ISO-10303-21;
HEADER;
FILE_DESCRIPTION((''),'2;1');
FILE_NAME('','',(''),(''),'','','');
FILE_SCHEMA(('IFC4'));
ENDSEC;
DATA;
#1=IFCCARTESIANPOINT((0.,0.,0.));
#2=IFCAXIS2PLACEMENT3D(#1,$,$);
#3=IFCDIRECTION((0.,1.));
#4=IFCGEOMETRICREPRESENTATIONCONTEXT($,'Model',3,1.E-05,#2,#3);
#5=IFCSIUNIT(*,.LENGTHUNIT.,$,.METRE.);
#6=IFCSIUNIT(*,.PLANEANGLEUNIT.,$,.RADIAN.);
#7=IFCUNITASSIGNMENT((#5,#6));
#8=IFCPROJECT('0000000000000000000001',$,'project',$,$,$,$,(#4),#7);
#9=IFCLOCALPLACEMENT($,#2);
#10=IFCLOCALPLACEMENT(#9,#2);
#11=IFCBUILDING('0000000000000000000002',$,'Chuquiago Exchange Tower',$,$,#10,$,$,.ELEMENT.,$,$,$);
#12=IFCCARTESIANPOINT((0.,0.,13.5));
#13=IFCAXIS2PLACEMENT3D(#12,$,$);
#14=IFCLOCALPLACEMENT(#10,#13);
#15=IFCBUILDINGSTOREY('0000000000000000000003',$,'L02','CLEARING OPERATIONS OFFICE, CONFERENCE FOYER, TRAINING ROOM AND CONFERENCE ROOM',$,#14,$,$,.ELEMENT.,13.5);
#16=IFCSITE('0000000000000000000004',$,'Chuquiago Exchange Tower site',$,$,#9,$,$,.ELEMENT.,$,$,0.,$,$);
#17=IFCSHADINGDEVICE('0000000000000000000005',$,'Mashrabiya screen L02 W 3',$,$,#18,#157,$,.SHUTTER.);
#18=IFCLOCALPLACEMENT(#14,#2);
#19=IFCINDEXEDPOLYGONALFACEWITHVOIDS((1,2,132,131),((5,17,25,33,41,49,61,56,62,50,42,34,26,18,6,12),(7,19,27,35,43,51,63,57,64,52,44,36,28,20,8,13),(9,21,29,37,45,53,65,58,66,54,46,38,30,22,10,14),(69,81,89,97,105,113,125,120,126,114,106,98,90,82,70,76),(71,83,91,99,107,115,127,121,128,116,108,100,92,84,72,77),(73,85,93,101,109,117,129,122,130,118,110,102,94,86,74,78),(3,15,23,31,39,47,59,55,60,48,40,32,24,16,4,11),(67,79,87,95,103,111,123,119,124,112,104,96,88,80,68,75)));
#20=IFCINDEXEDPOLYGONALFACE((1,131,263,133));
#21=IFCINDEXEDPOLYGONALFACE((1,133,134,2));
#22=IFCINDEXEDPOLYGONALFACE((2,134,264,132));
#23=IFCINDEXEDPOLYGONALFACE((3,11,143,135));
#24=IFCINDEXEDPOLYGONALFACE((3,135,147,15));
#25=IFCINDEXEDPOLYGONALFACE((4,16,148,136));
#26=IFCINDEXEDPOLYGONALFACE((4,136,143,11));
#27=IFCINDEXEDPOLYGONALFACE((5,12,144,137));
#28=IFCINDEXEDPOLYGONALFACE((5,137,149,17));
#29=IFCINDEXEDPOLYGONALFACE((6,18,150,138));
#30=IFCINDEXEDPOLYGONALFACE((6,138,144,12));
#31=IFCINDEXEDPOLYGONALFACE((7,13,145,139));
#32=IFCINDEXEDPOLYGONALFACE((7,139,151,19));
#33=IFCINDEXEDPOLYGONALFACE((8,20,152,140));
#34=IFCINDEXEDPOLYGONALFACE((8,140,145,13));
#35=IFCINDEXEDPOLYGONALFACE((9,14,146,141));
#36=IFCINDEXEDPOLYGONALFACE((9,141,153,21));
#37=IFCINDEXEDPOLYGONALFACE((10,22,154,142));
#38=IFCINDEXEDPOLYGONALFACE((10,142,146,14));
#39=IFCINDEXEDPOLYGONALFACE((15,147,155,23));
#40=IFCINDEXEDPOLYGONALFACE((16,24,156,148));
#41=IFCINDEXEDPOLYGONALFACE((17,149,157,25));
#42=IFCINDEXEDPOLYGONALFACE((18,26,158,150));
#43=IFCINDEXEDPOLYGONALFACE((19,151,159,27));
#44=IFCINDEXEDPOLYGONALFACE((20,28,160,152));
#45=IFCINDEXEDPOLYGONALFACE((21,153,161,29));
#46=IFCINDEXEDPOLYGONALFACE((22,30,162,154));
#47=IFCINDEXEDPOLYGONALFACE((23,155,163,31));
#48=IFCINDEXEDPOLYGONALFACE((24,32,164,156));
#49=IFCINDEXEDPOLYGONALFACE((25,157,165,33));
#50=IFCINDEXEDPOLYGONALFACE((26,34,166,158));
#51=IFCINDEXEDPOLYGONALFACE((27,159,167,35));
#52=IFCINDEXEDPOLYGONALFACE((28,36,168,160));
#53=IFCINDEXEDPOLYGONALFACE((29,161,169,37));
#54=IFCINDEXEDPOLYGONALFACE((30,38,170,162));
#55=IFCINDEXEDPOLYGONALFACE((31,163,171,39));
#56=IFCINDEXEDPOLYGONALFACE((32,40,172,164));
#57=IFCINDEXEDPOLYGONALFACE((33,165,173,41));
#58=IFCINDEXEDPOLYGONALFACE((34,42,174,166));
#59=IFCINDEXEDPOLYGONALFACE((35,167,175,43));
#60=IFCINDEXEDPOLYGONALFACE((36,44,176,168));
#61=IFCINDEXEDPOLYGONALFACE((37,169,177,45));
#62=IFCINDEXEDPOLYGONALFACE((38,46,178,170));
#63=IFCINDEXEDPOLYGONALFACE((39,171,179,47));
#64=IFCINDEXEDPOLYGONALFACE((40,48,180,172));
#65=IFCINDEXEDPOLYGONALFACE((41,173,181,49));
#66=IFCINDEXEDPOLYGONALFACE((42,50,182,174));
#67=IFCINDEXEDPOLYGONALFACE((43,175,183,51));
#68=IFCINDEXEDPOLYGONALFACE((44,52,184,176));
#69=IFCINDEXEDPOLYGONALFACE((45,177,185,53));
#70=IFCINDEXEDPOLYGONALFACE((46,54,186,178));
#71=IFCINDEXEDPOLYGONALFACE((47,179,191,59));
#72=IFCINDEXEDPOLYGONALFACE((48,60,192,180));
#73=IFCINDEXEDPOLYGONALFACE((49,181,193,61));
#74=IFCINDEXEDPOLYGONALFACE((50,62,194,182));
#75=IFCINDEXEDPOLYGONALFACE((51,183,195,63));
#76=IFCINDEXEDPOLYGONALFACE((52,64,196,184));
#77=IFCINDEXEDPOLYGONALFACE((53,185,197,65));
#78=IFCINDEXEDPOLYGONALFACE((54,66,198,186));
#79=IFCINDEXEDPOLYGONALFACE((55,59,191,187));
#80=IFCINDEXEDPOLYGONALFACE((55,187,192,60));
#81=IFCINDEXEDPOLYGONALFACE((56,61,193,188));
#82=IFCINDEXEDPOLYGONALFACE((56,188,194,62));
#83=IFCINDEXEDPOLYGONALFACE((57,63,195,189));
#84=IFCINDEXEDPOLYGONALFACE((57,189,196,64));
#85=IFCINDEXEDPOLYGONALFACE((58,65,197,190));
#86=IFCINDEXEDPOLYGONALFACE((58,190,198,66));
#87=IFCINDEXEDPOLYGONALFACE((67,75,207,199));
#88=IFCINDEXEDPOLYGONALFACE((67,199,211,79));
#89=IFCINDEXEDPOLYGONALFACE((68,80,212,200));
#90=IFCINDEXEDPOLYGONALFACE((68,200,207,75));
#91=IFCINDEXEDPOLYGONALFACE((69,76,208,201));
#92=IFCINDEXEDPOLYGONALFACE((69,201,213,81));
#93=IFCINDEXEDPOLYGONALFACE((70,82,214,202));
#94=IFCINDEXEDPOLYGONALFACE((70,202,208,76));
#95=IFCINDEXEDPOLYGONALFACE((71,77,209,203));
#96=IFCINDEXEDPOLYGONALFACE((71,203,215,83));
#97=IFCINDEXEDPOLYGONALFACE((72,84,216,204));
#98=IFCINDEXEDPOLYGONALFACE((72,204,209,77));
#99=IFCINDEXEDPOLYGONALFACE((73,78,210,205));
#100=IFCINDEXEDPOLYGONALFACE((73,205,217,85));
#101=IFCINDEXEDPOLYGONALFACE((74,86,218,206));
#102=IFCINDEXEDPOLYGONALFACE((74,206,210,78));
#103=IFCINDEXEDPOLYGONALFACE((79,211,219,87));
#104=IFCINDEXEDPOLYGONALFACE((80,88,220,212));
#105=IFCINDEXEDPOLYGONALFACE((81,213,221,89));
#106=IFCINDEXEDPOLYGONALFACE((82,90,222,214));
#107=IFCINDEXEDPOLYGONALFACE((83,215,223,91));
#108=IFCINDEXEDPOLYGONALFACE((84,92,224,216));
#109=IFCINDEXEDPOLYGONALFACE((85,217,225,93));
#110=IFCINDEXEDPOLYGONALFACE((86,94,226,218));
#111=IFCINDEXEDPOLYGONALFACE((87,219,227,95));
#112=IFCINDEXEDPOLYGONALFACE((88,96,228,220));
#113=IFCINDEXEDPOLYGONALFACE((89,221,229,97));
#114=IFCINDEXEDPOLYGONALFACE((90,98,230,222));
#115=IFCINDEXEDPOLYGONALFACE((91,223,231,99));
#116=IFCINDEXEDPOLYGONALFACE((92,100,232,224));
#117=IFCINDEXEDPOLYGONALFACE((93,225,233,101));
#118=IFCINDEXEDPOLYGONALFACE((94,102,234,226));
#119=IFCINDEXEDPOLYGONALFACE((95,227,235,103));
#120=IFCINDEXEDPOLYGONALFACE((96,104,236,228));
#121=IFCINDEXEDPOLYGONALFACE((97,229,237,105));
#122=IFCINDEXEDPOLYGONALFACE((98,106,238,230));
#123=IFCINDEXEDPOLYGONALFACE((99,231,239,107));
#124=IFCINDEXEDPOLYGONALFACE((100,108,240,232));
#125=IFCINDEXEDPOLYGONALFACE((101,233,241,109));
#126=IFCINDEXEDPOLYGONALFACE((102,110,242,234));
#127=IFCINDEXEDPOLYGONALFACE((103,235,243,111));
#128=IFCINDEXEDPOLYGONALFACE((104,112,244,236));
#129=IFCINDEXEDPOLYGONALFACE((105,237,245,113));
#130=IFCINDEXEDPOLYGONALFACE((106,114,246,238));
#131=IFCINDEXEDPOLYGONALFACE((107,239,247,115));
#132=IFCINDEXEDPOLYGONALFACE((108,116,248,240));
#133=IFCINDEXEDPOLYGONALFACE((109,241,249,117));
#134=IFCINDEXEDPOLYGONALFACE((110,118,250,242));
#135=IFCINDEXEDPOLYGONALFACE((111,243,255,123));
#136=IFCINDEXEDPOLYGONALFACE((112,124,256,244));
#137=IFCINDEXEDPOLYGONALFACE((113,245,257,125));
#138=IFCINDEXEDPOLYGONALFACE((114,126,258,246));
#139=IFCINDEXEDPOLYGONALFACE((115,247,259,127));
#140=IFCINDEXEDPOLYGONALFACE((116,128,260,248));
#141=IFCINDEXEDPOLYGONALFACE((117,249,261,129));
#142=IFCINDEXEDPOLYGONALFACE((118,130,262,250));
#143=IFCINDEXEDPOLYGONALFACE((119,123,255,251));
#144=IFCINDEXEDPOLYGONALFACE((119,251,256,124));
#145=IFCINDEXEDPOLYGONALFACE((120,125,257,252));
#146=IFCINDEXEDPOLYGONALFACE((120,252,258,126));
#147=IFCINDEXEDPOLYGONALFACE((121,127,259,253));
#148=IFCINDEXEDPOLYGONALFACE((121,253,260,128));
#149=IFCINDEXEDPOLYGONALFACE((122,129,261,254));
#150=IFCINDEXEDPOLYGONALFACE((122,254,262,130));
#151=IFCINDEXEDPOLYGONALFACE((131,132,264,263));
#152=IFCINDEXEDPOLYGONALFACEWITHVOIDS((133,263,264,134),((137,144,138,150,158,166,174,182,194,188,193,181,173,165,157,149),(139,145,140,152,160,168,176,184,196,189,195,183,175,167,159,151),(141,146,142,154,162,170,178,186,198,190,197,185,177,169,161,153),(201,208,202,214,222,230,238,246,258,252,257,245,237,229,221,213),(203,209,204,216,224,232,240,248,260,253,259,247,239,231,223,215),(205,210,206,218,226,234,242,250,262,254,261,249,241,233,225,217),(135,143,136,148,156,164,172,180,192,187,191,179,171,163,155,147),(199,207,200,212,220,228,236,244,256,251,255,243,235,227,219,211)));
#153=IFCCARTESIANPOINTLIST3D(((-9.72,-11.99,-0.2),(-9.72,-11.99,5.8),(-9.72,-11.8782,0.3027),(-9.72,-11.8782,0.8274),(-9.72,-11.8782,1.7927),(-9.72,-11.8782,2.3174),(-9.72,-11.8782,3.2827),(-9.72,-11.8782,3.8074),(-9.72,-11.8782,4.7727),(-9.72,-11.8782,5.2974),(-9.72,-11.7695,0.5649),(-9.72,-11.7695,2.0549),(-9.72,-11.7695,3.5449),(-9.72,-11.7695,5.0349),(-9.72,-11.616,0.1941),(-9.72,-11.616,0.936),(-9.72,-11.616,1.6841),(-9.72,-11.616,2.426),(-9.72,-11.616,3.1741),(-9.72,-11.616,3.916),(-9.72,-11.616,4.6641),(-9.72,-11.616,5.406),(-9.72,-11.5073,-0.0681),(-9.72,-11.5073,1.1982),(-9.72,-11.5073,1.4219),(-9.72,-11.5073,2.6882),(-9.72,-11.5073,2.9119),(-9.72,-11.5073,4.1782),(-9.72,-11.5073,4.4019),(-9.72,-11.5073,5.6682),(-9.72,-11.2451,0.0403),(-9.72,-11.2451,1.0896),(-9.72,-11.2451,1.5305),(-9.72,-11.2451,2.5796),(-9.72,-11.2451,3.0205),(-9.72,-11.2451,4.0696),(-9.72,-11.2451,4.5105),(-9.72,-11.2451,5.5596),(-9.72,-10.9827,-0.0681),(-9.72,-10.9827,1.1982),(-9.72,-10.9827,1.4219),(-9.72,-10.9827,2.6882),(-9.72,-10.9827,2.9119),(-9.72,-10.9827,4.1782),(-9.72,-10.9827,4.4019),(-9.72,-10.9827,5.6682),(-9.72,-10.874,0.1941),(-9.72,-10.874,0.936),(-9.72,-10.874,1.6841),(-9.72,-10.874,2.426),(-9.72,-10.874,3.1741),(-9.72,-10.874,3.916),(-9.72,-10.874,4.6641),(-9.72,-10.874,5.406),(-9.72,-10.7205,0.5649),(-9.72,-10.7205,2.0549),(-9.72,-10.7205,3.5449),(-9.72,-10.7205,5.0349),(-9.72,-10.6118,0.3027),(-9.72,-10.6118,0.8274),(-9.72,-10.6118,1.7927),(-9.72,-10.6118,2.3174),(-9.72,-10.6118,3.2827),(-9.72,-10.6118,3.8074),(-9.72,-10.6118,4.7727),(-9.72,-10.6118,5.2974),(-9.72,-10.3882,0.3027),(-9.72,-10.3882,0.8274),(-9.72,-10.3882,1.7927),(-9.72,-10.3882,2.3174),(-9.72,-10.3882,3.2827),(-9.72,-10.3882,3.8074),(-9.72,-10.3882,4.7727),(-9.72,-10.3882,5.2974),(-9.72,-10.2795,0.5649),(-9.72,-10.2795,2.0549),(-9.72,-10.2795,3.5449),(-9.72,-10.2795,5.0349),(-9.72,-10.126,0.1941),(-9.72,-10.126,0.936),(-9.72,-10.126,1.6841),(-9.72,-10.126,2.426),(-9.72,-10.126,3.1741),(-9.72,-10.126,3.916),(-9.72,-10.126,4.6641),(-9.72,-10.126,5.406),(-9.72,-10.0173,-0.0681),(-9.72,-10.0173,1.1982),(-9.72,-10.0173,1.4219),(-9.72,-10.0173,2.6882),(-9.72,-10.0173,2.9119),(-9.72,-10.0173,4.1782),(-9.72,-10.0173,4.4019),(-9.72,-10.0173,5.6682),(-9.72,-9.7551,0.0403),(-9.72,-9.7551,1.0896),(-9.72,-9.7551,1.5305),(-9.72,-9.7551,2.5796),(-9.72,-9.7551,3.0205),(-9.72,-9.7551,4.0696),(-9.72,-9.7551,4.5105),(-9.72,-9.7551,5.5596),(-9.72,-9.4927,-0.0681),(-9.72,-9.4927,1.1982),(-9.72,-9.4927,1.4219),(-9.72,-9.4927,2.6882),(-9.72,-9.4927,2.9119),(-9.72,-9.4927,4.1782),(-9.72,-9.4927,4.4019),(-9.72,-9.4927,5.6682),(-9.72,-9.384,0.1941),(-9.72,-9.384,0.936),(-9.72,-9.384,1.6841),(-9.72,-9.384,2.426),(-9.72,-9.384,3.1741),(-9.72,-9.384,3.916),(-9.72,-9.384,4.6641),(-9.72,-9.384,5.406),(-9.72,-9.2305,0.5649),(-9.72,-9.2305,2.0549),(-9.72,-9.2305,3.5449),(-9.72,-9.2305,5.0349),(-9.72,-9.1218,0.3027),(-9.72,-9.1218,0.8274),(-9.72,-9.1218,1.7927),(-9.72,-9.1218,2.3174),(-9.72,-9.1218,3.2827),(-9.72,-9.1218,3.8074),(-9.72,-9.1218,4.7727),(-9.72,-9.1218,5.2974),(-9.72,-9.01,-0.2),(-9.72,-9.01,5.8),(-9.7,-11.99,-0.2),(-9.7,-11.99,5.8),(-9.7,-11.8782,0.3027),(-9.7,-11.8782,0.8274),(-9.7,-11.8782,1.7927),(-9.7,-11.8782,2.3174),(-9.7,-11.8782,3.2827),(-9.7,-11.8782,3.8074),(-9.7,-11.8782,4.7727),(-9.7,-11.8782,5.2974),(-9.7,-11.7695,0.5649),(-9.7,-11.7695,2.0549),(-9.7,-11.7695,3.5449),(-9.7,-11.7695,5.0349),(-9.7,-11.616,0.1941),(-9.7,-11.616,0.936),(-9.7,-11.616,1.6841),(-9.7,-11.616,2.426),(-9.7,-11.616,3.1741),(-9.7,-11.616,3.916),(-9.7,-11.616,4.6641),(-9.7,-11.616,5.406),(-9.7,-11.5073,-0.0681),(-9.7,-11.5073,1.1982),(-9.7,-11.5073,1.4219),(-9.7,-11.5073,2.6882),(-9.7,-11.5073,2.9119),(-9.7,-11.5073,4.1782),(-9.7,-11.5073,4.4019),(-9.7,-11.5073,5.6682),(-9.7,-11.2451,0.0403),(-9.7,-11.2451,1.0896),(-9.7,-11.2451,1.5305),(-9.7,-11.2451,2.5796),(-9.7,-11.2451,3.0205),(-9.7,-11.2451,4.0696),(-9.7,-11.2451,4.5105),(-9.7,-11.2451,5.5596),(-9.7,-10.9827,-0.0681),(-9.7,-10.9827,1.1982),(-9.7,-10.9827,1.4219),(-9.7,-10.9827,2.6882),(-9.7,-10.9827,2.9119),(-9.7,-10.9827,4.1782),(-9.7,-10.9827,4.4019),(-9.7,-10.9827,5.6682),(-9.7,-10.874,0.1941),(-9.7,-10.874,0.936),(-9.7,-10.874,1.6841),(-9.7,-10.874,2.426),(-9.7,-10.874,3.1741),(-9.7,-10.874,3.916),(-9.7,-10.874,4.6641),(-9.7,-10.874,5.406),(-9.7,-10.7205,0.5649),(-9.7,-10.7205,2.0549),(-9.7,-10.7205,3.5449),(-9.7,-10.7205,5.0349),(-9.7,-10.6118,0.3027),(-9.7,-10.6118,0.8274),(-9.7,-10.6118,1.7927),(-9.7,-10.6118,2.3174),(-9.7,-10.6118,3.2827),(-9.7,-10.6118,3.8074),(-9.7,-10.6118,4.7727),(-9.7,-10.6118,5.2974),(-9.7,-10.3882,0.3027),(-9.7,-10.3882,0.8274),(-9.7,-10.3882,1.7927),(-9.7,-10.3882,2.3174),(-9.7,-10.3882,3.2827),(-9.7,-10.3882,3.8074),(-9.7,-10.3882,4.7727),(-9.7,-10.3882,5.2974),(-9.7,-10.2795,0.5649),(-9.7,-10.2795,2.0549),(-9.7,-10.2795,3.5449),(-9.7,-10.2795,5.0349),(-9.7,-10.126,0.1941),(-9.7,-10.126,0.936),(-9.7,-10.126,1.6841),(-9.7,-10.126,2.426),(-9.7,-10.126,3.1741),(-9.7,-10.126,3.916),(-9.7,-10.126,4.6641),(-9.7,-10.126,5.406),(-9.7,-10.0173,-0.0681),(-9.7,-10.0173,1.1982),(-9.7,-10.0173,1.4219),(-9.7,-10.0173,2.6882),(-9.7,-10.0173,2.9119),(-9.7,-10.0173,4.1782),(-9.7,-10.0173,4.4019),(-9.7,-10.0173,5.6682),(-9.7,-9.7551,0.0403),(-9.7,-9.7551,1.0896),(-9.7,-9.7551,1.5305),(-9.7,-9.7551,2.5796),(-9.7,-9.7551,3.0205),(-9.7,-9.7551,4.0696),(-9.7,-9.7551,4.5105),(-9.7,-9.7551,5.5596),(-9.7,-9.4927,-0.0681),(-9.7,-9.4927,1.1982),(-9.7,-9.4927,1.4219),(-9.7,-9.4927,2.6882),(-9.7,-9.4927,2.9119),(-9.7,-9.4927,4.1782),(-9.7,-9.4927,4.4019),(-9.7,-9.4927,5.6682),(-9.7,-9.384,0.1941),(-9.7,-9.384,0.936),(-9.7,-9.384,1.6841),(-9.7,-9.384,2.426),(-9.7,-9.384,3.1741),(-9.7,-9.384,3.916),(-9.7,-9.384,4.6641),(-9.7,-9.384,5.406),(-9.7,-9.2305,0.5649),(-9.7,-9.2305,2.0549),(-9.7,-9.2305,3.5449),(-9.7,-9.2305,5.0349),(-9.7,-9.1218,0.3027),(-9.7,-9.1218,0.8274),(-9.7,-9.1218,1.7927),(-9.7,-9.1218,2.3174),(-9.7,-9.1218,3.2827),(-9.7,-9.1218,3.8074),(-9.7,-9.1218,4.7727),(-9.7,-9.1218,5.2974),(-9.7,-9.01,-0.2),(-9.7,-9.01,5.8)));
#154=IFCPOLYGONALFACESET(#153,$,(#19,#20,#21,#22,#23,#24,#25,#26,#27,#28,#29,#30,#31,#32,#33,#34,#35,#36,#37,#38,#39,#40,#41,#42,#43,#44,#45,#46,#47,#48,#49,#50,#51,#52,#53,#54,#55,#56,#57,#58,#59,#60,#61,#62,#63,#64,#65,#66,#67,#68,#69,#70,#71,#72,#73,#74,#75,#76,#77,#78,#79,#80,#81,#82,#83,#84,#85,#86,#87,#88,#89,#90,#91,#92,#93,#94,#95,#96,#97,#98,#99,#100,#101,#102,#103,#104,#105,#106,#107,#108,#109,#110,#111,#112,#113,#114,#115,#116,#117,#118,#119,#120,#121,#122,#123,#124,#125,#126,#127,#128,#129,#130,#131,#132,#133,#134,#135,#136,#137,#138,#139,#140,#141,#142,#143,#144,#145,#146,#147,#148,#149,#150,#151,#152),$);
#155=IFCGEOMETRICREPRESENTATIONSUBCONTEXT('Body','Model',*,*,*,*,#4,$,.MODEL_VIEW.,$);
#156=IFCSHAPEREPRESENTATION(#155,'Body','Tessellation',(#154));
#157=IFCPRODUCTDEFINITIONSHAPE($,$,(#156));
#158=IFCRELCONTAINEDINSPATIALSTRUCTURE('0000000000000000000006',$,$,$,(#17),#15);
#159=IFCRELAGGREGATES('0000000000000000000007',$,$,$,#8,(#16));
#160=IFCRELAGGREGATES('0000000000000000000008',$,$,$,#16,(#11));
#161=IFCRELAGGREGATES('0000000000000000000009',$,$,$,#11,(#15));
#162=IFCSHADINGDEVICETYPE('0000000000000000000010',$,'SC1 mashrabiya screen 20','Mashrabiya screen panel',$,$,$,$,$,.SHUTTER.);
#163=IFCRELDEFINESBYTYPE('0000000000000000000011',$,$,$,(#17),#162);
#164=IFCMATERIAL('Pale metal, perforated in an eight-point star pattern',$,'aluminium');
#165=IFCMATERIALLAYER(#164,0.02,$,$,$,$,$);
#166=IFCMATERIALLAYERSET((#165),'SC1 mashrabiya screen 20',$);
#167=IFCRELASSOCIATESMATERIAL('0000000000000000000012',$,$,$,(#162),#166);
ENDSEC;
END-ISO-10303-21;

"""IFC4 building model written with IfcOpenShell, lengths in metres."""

from ifc_helpers import new_model, si_unit, direction, frame, origin, place, context, subcontext, project, spatial, polyline, outline, extrude, material, layer, layer_set, type_object, element, save


model = new_model("IFC4")

# Units and contexts
model_context = context("Model", 3, precision=1e-05, world=origin(), true_north=direction((0.0, 1.0)))
body_context = subcontext(model_context, "Body", "Model", "MODEL_VIEW")
ifc_project = project(units=[si_unit("LENGTHUNIT", "METRE"), si_unit("PLANEANGLEUNIT", "RADIAN")], contexts=[model_context])

# Site, building, storey
site_placement = place(None, origin())
site = spatial("IfcSite", under=ifc_project, at=site_placement, Name="Chuquiago Exchange Tower site", CompositionType="ELEMENT", RefElevation=0.0)
building_placement = place(site_placement, origin())
building = spatial("IfcBuilding", under=site, at=building_placement, Name="Chuquiago Exchange Tower", CompositionType="ELEMENT")
storey_placement = place(building_placement, frame((0.0, 0.0, 13.5)))
storey = spatial("IfcBuildingStorey", under=building, at=storey_placement, Name="L02", Description="CLEARING OPERATIONS OFFICE, CONFERENCE FOYER, TRAINING ROOM AND CONFERENCE ROOM", CompositionType="ELEMENT", Elevation=13.5)

# Shading device
ifc_material_1 = material(Name="Pale metal, perforated in an eight-point star pattern", Category="aluminium")
ifc_layer_1 = layer(ifc_material_1, 0.02)
ifc_layer_set_1 = layer_set([ifc_layer_1], Name="SC1 mashrabiya screen 20")
shading_device_type = type_object("IfcShadingDeviceType", Name="SC1 mashrabiya screen 20", Description="Mashrabiya screen panel", PredefinedType="SHUTTER", material=ifc_layer_set_1)
shading_device_1_placement = place(storey_placement, frame((-9.7, -9.01, -0.2), z_axis=(0.0, 0.0, 1.0), x_axis=(0.0, -1.0, 0.0)))
element("IfcShadingDevice", 1, at=shading_device_1_placement, inside=storey, type_object=shading_device_type, Name="Mashrabiya screen L02 W 3", PredefinedType="SHUTTER", context=body_context, shape_type="SweptSolid", body=[
    extrude(outline(polyline([(0.0, 0.0), (2.98, 0.0), (2.98, 6.0), (0.0, 6.0), (0.0, 0.0)]), holes=[polyline([(1.2695, 0.7649), (1.3782, 1.0273), (1.116, 1.136), (1.0073, 1.3982), (0.7451, 1.2896), (0.4827, 1.3982), (0.374, 1.136), (0.1118, 1.0273), (0.2205, 0.7649), (0.1118, 0.5027), (0.374, 0.394), (0.4827, 0.1318), (0.7451, 0.2402), (1.0073, 0.1318), (1.116, 0.394), (1.3782, 0.5027), (1.2695, 0.7649)]), polyline([(2.7595, 0.7649), (2.8682, 1.0273), (2.606, 1.136), (2.4973, 1.3982), (2.2351, 1.2896), (1.9727, 1.3982), (1.864, 1.136), (1.6018, 1.0273), (1.7104, 0.7649), (1.6018, 0.5027), (1.864, 0.394), (1.9727, 0.1318), (2.2351, 0.2402), (2.4973, 0.1318), (2.606, 0.394), (2.8682, 0.5027), (2.7595, 0.7649)]), polyline([(1.2695, 2.2549), (1.3782, 2.5173), (1.116, 2.626), (1.0073, 2.8882), (0.7451, 2.7795), (0.4827, 2.8882), (0.374, 2.626), (0.1118, 2.5173), (0.2205, 2.2549), (0.1118, 1.9927), (0.374, 1.884), (0.4827, 1.6218), (0.7451, 1.7305), (1.0073, 1.6218), (1.116, 1.884), (1.3782, 1.9927), (1.2695, 2.2549)]), polyline([(2.7595, 2.2549), (2.8682, 2.5173), (2.606, 2.626), (2.4973, 2.8882), (2.2351, 2.7795), (1.9727, 2.8882), (1.864, 2.626), (1.6018, 2.5173), (1.7104, 2.2549), (1.6018, 1.9927), (1.864, 1.884), (1.9727, 1.6218), (2.2351, 1.7305), (2.4973, 1.6218), (2.606, 1.884), (2.8682, 1.9927), (2.7595, 2.2549)]), polyline([(1.2695, 3.7449), (1.3782, 4.0073), (1.116, 4.116), (1.0073, 4.3782), (0.7451, 4.2695), (0.4827, 4.3782), (0.374, 4.116), (0.1118, 4.0073), (0.2205, 3.7449), (0.1118, 3.4827), (0.374, 3.374), (0.4827, 3.1118), (0.7451, 3.2205), (1.0073, 3.1118), (1.116, 3.374), (1.3782, 3.4827), (1.2695, 3.7449)]), polyline([(2.7595, 3.7449), (2.8682, 4.0073), (2.606, 4.116), (2.4973, 4.3782), (2.2351, 4.2695), (1.9727, 4.3782), (1.864, 4.116), (1.6018, 4.0073), (1.7104, 3.7449), (1.6018, 3.4827), (1.864, 3.374), (1.9727, 3.1118), (2.2351, 3.2205), (2.4973, 3.1118), (2.606, 3.374), (2.8682, 3.4827), (2.7595, 3.7449)]), polyline([(1.2695, 5.2349), (1.3782, 5.4973), (1.116, 5.606), (1.0073, 5.8682), (0.7451, 5.7595), (0.4827, 5.8682), (0.374, 5.606), (0.1118, 5.4973), (0.2205, 5.2349), (0.1118, 4.9727), (0.374, 4.864), (0.4827, 4.6018), (0.7451, 4.7104), (1.0073, 4.6018), (1.116, 4.864), (1.3782, 4.9727), (1.2695, 5.2349)]), polyline([(2.7595, 5.2349), (2.8682, 5.4973), (2.606, 5.606), (2.4973, 5.8682), (2.2351, 5.7595), (1.9727, 5.8682), (1.864, 5.606), (1.6018, 5.4973), (1.7104, 5.2349), (1.6018, 4.9727), (1.864, 4.864), (1.9727, 4.6018), (2.2351, 4.7104), (2.4973, 4.6018), (2.606, 4.864), (2.8682, 4.9727), (2.7595, 5.2349)])]), frame((0.0, 0.0, 0.0), z_axis=(0.0, -1.0, 0.0), x_axis=(1.0, 0.0, 0.0)), (0.0, 0.0, 1.0), 0.02),
])

save(model, "model.ifc")
